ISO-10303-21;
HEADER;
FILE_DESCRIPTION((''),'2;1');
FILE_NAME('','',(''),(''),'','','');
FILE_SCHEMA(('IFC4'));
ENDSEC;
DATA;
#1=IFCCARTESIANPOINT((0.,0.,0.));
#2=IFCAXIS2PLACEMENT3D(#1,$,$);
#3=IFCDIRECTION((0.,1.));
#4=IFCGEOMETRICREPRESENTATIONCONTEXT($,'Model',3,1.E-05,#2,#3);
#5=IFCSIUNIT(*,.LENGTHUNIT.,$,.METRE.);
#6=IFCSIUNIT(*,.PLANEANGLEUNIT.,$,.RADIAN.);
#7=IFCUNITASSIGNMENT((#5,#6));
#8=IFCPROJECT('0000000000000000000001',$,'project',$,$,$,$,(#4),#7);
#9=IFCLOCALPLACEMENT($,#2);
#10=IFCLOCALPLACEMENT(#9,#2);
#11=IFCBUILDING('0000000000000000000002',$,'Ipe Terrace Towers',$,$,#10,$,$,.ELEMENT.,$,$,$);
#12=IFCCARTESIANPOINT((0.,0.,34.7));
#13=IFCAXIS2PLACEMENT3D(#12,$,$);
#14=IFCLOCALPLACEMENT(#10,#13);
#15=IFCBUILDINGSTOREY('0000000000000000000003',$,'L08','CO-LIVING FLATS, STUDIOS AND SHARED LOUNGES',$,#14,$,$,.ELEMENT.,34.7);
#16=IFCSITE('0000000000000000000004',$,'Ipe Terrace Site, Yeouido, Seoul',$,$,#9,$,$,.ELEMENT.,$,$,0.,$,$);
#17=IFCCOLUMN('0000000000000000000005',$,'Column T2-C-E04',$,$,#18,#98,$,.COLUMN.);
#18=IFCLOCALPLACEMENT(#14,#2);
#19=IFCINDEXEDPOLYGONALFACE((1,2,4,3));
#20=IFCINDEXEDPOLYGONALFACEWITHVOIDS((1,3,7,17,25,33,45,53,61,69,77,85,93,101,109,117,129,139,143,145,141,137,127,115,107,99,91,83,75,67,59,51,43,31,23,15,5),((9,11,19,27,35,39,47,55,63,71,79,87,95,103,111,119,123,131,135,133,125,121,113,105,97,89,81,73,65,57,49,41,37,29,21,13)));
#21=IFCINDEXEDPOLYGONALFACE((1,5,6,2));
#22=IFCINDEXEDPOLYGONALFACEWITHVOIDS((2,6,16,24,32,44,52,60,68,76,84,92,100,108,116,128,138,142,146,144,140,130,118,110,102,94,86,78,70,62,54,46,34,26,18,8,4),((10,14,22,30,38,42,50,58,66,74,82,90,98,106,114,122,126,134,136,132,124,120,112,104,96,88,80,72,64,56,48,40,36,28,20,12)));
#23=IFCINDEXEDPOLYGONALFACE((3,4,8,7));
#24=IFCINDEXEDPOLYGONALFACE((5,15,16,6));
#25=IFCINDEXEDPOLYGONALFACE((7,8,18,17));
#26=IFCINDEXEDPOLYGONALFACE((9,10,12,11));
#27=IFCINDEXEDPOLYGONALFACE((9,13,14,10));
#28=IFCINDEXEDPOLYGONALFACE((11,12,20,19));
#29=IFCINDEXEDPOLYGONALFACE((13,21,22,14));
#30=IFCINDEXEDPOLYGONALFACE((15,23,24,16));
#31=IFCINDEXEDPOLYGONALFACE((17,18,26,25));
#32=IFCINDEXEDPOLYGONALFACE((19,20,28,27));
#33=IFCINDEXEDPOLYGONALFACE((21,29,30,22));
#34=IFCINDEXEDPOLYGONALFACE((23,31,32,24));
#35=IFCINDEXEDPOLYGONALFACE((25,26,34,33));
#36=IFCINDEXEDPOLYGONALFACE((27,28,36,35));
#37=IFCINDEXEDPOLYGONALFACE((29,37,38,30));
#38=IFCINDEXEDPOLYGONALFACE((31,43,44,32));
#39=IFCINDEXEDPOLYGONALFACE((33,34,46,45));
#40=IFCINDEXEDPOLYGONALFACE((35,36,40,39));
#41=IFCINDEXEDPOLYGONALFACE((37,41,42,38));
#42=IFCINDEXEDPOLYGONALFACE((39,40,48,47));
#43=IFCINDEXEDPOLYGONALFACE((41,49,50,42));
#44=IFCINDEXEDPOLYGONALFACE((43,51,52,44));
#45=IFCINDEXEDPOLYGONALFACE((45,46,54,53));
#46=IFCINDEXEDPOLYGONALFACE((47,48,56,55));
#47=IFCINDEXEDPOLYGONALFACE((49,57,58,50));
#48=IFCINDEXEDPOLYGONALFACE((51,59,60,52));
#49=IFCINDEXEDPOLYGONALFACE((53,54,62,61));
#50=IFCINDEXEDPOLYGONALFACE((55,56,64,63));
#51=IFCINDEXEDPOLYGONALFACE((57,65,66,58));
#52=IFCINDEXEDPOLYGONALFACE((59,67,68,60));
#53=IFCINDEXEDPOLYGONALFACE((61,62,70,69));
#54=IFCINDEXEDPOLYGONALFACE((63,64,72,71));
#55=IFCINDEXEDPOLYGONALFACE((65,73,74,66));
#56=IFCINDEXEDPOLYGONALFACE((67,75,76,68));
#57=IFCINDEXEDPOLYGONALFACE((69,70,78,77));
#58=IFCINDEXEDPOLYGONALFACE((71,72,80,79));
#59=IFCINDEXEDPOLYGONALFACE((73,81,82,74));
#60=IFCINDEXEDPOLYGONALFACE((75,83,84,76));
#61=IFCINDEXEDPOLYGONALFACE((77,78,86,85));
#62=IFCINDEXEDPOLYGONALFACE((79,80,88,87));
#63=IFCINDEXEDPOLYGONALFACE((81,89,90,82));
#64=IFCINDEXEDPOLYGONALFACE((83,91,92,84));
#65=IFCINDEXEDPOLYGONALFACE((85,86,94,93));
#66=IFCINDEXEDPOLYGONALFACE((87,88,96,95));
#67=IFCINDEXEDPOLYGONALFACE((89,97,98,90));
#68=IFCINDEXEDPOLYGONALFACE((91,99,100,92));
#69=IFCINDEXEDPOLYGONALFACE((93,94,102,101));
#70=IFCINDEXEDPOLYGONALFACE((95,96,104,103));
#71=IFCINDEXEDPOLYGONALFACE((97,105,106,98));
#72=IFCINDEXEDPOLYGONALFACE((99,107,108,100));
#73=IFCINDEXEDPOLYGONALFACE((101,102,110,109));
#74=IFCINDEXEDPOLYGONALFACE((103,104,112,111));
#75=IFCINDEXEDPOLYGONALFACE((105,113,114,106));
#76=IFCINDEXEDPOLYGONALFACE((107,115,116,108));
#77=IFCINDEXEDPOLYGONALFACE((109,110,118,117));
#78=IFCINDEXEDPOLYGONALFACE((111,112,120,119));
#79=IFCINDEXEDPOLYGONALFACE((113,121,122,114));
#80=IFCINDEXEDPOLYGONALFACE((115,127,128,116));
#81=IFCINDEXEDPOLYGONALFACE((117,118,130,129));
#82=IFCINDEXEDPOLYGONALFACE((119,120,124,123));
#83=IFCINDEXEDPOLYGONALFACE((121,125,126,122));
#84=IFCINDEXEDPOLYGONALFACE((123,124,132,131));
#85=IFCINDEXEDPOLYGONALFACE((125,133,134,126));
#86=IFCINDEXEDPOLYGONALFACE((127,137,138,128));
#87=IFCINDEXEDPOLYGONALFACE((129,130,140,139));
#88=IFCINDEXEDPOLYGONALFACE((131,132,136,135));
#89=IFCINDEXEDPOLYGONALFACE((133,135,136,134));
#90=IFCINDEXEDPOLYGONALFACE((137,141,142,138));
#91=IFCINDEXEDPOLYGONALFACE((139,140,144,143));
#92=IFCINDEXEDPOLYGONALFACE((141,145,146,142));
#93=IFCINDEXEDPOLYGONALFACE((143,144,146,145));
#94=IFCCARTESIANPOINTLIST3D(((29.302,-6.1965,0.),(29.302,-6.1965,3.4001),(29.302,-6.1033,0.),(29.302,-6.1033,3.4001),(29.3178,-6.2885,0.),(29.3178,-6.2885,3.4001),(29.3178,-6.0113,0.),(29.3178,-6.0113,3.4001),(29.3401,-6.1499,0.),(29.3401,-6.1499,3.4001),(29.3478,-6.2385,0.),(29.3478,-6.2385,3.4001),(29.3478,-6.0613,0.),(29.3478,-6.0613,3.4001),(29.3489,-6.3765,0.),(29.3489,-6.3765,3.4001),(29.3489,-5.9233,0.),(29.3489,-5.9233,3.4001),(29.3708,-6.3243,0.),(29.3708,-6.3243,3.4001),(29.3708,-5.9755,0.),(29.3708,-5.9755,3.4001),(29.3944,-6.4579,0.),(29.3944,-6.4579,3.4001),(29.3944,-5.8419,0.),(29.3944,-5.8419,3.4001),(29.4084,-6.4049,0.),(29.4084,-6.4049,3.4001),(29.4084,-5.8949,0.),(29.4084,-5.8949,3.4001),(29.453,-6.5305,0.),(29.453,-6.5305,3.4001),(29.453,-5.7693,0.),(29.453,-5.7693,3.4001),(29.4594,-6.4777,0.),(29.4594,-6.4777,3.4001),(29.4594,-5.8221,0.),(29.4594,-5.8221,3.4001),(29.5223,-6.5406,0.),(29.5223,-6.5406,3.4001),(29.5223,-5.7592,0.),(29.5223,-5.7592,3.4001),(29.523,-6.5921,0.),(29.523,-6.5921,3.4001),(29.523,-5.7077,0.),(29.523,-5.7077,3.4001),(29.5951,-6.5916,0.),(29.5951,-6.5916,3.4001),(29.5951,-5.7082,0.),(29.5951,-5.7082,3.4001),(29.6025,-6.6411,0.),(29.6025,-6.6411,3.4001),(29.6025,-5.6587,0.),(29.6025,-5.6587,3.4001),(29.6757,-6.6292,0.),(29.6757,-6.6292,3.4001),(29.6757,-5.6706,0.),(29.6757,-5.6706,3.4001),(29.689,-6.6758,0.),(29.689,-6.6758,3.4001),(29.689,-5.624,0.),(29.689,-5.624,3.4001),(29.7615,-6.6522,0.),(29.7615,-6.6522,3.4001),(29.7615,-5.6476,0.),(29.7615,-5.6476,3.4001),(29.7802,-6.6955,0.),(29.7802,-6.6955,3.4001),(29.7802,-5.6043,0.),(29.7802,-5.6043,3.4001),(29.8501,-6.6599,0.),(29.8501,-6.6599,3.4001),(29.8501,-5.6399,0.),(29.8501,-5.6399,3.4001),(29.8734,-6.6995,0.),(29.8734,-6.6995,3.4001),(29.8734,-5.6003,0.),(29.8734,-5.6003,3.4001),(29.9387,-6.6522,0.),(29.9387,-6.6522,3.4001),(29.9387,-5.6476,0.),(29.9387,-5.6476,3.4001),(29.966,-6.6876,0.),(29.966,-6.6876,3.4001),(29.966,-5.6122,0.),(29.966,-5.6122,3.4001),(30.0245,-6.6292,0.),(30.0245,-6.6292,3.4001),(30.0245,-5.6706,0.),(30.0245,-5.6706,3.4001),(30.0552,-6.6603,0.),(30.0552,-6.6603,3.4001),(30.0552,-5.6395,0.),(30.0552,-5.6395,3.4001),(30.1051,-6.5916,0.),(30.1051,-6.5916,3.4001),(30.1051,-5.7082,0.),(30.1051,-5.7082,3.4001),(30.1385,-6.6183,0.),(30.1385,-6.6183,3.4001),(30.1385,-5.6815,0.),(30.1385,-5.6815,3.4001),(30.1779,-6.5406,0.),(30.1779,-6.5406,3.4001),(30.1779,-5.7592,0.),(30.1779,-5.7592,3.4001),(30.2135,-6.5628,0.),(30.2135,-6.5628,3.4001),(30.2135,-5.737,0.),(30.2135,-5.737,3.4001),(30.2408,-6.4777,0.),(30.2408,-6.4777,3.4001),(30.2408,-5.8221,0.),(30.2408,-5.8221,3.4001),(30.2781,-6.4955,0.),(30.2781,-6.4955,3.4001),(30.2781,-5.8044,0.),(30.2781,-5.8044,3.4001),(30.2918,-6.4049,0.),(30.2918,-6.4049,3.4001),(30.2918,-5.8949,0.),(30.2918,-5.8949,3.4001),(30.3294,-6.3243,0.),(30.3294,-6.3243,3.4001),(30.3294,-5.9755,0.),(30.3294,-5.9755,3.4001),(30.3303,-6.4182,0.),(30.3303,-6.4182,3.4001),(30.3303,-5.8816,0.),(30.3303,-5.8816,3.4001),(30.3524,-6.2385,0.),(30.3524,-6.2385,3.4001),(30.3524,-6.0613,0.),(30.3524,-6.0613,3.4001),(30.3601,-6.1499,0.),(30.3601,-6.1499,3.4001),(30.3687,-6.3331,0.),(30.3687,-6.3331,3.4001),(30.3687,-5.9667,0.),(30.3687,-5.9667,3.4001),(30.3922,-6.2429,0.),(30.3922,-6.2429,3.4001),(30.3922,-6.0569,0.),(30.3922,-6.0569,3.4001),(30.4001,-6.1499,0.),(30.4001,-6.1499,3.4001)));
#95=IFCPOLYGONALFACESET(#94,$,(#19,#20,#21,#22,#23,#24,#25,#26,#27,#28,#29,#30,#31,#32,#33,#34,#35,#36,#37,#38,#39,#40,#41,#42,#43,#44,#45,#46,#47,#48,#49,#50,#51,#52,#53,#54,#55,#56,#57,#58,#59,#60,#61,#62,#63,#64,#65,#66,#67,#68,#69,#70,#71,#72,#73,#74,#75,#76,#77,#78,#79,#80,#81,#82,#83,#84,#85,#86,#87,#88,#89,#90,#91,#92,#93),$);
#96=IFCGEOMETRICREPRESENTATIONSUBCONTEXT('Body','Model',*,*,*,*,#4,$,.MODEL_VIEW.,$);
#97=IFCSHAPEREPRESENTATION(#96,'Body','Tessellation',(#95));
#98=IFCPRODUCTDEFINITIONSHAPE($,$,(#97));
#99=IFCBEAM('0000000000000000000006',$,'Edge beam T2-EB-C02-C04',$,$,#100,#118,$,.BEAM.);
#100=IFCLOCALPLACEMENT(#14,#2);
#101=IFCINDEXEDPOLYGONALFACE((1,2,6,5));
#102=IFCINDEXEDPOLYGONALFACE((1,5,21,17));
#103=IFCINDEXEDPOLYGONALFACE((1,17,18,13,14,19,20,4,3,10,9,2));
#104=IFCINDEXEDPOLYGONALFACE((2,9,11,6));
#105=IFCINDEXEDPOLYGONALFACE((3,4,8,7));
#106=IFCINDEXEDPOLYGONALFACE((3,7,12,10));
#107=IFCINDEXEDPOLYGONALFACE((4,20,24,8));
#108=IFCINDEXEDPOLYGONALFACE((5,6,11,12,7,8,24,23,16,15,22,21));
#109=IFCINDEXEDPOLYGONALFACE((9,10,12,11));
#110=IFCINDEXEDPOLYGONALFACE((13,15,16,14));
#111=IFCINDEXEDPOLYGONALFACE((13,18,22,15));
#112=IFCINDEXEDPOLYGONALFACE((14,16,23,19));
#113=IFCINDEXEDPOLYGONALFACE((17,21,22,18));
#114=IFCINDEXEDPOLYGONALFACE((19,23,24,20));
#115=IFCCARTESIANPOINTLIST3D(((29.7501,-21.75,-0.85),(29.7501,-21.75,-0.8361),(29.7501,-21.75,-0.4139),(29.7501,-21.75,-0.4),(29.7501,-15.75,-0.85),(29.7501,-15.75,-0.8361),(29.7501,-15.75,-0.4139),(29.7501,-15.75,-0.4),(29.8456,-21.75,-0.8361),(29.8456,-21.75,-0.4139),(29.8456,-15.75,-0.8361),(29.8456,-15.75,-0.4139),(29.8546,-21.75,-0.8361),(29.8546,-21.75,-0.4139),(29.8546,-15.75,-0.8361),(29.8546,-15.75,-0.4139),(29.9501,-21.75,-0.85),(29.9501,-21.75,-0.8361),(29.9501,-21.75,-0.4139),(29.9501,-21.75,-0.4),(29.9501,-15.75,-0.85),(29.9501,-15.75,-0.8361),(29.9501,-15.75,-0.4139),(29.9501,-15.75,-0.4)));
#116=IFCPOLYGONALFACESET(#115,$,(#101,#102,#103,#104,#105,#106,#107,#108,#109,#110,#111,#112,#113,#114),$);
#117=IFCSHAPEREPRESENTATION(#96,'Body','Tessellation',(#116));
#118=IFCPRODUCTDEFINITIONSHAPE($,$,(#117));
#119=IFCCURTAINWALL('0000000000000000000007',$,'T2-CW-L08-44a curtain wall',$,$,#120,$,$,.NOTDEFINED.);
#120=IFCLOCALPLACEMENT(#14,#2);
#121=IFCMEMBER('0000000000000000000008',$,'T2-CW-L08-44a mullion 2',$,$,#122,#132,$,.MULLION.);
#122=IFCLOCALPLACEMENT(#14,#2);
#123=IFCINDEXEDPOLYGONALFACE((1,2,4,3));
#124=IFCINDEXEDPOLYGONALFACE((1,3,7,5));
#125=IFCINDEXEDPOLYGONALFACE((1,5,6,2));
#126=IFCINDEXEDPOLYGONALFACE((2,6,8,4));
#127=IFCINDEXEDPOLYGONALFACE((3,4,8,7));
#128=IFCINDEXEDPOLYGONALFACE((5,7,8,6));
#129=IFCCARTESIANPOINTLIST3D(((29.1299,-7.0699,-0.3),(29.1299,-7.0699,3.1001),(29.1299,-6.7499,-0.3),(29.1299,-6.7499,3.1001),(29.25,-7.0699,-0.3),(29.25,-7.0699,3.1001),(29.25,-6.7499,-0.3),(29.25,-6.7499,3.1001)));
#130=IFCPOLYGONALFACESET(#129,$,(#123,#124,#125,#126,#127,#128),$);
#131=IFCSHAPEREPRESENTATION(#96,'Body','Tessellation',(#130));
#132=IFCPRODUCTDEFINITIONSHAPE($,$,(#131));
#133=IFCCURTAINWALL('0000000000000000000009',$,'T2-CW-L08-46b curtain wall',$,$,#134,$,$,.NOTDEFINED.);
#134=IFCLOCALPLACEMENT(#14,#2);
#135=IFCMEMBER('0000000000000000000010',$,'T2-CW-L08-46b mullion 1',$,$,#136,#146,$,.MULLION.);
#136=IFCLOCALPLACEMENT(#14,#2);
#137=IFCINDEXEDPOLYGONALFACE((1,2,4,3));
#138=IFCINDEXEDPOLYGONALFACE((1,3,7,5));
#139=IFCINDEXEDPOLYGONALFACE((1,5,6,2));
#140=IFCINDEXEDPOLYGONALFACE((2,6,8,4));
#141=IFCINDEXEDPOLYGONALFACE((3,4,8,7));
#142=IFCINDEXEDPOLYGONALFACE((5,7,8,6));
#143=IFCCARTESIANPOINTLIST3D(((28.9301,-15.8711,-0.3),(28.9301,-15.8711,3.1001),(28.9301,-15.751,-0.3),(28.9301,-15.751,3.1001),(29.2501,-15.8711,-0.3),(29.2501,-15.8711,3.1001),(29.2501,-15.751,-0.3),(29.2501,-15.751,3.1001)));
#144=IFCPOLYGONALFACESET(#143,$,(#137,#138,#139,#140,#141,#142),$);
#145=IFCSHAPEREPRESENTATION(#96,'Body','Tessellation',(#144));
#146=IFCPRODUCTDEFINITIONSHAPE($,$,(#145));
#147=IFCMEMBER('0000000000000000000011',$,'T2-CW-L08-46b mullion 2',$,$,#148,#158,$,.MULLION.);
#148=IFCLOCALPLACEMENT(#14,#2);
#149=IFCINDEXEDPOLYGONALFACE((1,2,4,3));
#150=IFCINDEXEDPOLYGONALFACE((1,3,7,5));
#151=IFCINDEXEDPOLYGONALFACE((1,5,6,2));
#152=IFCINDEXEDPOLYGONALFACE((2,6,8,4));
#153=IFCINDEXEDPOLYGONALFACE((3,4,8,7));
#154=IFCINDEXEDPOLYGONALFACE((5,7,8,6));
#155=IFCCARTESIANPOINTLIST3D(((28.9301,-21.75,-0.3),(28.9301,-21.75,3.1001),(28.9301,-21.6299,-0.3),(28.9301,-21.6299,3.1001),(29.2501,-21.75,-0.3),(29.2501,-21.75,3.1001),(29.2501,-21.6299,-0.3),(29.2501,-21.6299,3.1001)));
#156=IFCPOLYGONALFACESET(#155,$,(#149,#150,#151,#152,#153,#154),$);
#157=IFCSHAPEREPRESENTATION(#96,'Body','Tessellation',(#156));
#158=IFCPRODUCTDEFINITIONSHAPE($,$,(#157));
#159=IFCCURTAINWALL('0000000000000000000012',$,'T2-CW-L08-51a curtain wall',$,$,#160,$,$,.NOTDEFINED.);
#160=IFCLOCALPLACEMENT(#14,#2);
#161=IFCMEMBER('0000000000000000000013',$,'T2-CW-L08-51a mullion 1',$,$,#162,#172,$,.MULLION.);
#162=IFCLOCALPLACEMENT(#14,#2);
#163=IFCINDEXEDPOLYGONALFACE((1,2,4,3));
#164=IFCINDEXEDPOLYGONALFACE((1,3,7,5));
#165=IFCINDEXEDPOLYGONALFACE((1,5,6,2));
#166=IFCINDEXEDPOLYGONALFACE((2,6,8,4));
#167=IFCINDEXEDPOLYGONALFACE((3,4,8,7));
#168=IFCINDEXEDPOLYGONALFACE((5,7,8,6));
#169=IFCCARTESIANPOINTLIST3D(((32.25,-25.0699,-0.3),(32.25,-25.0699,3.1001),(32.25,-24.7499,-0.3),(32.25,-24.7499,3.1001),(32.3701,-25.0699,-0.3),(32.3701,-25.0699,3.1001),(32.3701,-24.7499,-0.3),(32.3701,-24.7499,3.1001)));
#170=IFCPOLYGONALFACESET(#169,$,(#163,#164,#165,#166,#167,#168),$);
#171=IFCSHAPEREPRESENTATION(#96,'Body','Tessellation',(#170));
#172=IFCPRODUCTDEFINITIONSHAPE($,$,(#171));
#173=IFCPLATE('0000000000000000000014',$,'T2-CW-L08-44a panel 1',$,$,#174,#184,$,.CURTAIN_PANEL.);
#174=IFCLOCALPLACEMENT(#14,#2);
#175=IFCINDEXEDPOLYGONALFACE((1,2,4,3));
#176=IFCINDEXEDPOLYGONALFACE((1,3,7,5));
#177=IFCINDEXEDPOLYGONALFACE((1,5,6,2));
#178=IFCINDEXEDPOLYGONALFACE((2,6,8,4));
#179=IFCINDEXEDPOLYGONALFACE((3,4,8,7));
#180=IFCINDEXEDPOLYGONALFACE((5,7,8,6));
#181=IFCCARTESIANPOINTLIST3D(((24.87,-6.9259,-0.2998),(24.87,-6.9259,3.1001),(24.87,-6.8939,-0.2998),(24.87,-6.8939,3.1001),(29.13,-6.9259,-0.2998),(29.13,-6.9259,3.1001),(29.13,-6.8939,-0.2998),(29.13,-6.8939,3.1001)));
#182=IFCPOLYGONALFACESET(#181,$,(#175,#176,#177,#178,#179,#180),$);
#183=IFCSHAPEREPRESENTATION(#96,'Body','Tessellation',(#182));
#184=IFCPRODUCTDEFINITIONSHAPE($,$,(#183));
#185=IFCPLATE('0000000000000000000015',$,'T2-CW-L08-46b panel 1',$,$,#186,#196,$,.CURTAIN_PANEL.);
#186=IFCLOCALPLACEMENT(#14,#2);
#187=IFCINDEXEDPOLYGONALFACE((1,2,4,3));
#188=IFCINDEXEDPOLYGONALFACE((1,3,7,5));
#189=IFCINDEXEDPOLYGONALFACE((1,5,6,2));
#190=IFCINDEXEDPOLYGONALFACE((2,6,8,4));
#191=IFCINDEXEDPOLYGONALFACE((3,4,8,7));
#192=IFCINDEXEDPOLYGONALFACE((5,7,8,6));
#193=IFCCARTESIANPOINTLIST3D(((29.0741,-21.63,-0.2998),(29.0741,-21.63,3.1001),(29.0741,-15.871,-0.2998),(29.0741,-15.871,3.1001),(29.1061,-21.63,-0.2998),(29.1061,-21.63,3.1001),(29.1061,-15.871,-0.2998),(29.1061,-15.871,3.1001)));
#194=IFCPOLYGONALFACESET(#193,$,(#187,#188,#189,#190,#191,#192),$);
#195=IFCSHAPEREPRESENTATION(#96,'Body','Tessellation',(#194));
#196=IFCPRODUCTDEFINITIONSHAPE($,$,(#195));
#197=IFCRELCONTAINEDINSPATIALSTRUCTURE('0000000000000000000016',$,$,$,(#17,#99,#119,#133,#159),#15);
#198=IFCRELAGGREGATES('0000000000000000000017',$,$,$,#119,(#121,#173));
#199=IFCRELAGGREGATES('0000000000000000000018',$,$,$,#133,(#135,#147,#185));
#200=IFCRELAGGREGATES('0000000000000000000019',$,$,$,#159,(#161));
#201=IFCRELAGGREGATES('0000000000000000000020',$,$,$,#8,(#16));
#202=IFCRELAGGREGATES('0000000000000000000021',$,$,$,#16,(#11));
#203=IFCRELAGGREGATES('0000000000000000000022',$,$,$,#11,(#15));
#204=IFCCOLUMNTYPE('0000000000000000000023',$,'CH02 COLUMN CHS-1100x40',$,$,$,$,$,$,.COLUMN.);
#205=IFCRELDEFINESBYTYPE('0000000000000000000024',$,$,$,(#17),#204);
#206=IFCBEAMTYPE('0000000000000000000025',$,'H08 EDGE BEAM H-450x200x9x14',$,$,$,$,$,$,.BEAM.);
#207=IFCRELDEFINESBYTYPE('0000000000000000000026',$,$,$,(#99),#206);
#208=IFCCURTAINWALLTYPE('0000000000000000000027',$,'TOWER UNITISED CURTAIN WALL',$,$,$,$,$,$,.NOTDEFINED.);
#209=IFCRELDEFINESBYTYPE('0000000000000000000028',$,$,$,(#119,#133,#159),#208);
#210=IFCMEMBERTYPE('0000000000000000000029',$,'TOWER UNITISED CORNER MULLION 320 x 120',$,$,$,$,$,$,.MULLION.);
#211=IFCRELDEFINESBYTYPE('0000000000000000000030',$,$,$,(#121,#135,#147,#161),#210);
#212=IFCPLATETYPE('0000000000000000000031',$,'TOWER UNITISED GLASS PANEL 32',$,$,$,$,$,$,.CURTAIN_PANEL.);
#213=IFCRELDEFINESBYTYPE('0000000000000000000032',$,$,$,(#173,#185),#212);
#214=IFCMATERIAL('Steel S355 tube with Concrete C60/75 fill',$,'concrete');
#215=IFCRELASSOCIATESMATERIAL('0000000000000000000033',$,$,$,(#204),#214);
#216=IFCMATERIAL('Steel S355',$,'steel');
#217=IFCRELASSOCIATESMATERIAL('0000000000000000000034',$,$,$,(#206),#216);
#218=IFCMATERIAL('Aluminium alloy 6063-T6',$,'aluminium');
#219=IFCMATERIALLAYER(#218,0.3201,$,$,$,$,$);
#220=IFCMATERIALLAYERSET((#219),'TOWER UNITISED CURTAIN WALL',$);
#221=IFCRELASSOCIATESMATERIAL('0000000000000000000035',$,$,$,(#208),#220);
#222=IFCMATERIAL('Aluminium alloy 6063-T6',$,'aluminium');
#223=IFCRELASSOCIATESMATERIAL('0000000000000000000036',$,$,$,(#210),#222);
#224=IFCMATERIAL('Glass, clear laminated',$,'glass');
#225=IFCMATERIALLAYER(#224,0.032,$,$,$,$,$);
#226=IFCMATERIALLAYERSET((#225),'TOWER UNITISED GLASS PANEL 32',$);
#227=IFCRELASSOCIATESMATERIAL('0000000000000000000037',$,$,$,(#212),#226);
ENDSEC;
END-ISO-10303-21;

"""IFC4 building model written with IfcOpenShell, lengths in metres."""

from ifc_helpers import new_model, si_unit, direction, frame, origin, origin_2d, place, context, subcontext, project, spatial, rectangle, hollow_circle, i_section, extrude, material, layer, layer_set, material_profile, profile_set, type_object, element, aggregate, save


model = new_model("IFC4")

# Units and contexts
model_context = context("Model", 3, precision=1e-05, world=origin(), true_north=direction((0.0, 1.0)))
body_context = subcontext(model_context, "Body", "Model", "MODEL_VIEW")
ifc_project = project(units=[si_unit("LENGTHUNIT", "METRE"), si_unit("PLANEANGLEUNIT", "RADIAN")], contexts=[model_context])

# Site, building, storey
site_placement = place(None, origin())
site = spatial("IfcSite", under=ifc_project, at=site_placement, Name="Ipe Terrace Site, Yeouido, Seoul", CompositionType="ELEMENT", RefElevation=0.0)
building_placement = place(site_placement, origin())
building = spatial("IfcBuilding", under=site, at=building_placement, Name="Ipe Terrace Towers", CompositionType="ELEMENT")
storey_placement = place(building_placement, frame((0.0, 0.0, 34.7)))
storey = spatial("IfcBuildingStorey", under=building, at=storey_placement, Name="L08", Description="CO-LIVING FLATS, STUDIOS AND SHARED LOUNGES", CompositionType="ELEMENT", Elevation=34.7)

# Column
ifc_material_1 = material(Name="Steel S355 tube with Concrete C60/75 fill", Category="concrete")
ifc_material_profile_1 = material_profile(ifc_material_1, hollow_circle(Radius=0.55, WallThickness=0.04, at=origin_2d()), Name="CHS-1100x40")
ifc_profile_set_1 = profile_set([ifc_material_profile_1], Name="Steel S355 tube with Concrete C60/75 fill")
column_type_1 = type_object("IfcColumnType", Name="CH02 COLUMN CHS-1100x40", PredefinedType="COLUMN", material=ifc_profile_set_1)
column_placement = place(storey_placement, frame((29.8501, -6.1499, 0.0), z_axis=(0.0, 0.0, 1.0), x_axis=(1.0, 0.0, 0.0)))
element("IfcColumn", 1, at=column_placement, inside=storey, type_object=column_type_1, Name="Column T2-C-E04", PredefinedType="COLUMN", context=body_context, shape_type="SweptSolid", body=[
    extrude(hollow_circle(Radius=0.55, WallThickness=0.04, at=origin_2d()), origin(), (0.0, 0.0, 1.0), 3.4001),
])

# Beam
ifc_material_2 = material(Name="Steel S355", Category="steel")
ifc_material_profile_2 = material_profile(ifc_material_2, i_section(OverallWidth=0.2, OverallDepth=0.45, WebThickness=0.009, FlangeThickness=0.0139, at=origin_2d()), Name="H-450x200x9x14")
ifc_profile_set_2 = profile_set([ifc_material_profile_2], Name="Steel S355")
beam_type = type_object("IfcBeamType", Name="H08 EDGE BEAM H-450x200x9x14", PredefinedType="BEAM", material=ifc_profile_set_2)
beam_placement = place(storey_placement, frame((29.8501, -15.75, -0.625), z_axis=(0.0, -1.0, 0.0), x_axis=(1.0, 0.0, 0.0)))
element("IfcBeam", 2, at=beam_placement, inside=storey, type_object=beam_type, Name="Edge beam T2-EB-C02-C04", PredefinedType="BEAM", context=body_context, shape_type="SweptSolid", body=[
    extrude(i_section(OverallWidth=0.2, OverallDepth=0.45, WebThickness=0.009, FlangeThickness=0.0139, at=origin_2d()), origin(), (0.0, 0.0, 1.0), 6.0),
])

# Curtain wall, member
ifc_material_3 = material(Name="Aluminium alloy 6063-T6", Category="aluminium")
ifc_layer_1 = layer(ifc_material_3, 0.3201)
ifc_layer_set_1 = layer_set([ifc_layer_1], Name="TOWER UNITISED CURTAIN WALL")
curtain_wall_type = type_object("IfcCurtainWallType", Name="TOWER UNITISED CURTAIN WALL", PredefinedType="NOTDEFINED", material=ifc_layer_set_1)
curtain_wall_1_placement = place(storey_placement, origin())
curtain_wall_1 = element("IfcCurtainWall", 3, at=curtain_wall_1_placement, inside=storey, type_object=curtain_wall_type, Name="T2-CW-L08-44a curtain wall", PredefinedType="NOTDEFINED")
ifc_material_4 = material(Name="Aluminium alloy 6063-T6", Category="aluminium")
ifc_material_profile_3 = material_profile(ifc_material_4, rectangle(XDim=0.3201, YDim=0.1201, at=origin_2d()), Name="TOWER UNITISED CORNER MULLION 320 x 120")
ifc_profile_set_3 = profile_set([ifc_material_profile_3], Name="Aluminium alloy 6063-T6")
member_type = type_object("IfcMemberType", Name="TOWER UNITISED CORNER MULLION 320 x 120", PredefinedType="MULLION", material=ifc_profile_set_3)
member_1_placement = place(storey_placement, frame((29.1899, -6.9099, -0.3), z_axis=(0.0, 0.0, 1.0), x_axis=(0.0, -1.0, 0.0)))
member_1 = element("IfcMember", 4, at=member_1_placement, type_object=member_type, Name="T2-CW-L08-44a mullion 2", PredefinedType="MULLION", context=body_context, shape_type="SweptSolid", body=[
    extrude(rectangle(XDim=0.3201, YDim=0.1201, at=origin_2d()), origin(), (0.0, 0.0, 1.0), 3.4001),
])

# Curtain wall, members
curtain_wall_2_placement = place(storey_placement, origin())
curtain_wall_2 = element("IfcCurtainWall", 5, at=curtain_wall_2_placement, inside=storey, type_object=curtain_wall_type, Name="T2-CW-L08-46b curtain wall", PredefinedType="NOTDEFINED")
member_2_placement = place(storey_placement, frame((29.0901, -15.811, -0.3), z_axis=(0.0, 0.0, 1.0), x_axis=(-1.0, 0.0, 0.0)))
member_2 = element("IfcMember", 6, at=member_2_placement, type_object=member_type, Name="T2-CW-L08-46b mullion 1", PredefinedType="MULLION", context=body_context, shape_type="SweptSolid", body=[
    extrude(rectangle(XDim=0.3201, YDim=0.1201, at=origin_2d()), origin(), (0.0, 0.0, 1.0), 3.4001),
])
member_3_placement = place(storey_placement, frame((29.0901, -21.6899, -0.3), z_axis=(0.0, 0.0, 1.0), x_axis=(-1.0, 0.0, 0.0)))
member_3 = element("IfcMember", 7, at=member_3_placement, type_object=member_type, Name="T2-CW-L08-46b mullion 2", PredefinedType="MULLION", context=body_context, shape_type="SweptSolid", body=[
    extrude(rectangle(XDim=0.3201, YDim=0.1201, at=origin_2d()), origin(), (0.0, 0.0, 1.0), 3.4001),
])

# Curtain wall, member
curtain_wall_3_placement = place(storey_placement, origin())
curtain_wall_3 = element("IfcCurtainWall", 8, at=curtain_wall_3_placement, inside=storey, type_object=curtain_wall_type, Name="T2-CW-L08-51a curtain wall", PredefinedType="NOTDEFINED")
member_4_placement = place(storey_placement, frame((32.3101, -24.9099, -0.3), z_axis=(0.0, 0.0, 1.0), x_axis=(0.0, -1.0, 0.0)))
member_4 = element("IfcMember", 9, at=member_4_placement, type_object=member_type, Name="T2-CW-L08-51a mullion 1", PredefinedType="MULLION", context=body_context, shape_type="SweptSolid", body=[
    extrude(rectangle(XDim=0.3201, YDim=0.1201, at=origin_2d()), origin(), (0.0, 0.0, 1.0), 3.4001),
])

# Plates
ifc_material_5 = material(Name="Glass, clear laminated", Category="glass")
ifc_layer_2 = layer(ifc_material_5, 0.032)
ifc_layer_set_2 = layer_set([ifc_layer_2], Name="TOWER UNITISED GLASS PANEL 32")
plate_type = type_object("IfcPlateType", Name="TOWER UNITISED GLASS PANEL 32", PredefinedType="CURTAIN_PANEL", material=ifc_layer_set_2)
plate_1_placement = place(storey_placement, frame((27.0, -6.9099, -0.2998), z_axis=(0.0, 0.0, 1.0), x_axis=(1.0, 0.0, 0.0)))
plate_1 = element("IfcPlate", 10, at=plate_1_placement, type_object=plate_type, Name="T2-CW-L08-44a panel 1", PredefinedType="CURTAIN_PANEL", context=body_context, shape_type="SweptSolid", body=[
    extrude(rectangle(XDim=4.26, YDim=0.032, at=origin_2d()), origin(), (0.0, 0.0, 1.0), 3.3999),
])
aggregate(curtain_wall_1, [member_1, plate_1])
plate_2_placement = place(storey_placement, frame((29.0901, -18.7505, -0.2998), z_axis=(0.0, 0.0, 1.0), x_axis=(0.0, -1.0, 0.0)))
plate_2 = element("IfcPlate", 11, at=plate_2_placement, type_object=plate_type, Name="T2-CW-L08-46b panel 1", PredefinedType="CURTAIN_PANEL", context=body_context, shape_type="SweptSolid", body=[
    extrude(rectangle(XDim=5.759, YDim=0.032, at=origin_2d()), origin(), (0.0, 0.0, 1.0), 3.3999),
])
aggregate(curtain_wall_2, [member_2, member_3, plate_2])
aggregate(curtain_wall_3, [member_4])

save(model, "model.ifc")
